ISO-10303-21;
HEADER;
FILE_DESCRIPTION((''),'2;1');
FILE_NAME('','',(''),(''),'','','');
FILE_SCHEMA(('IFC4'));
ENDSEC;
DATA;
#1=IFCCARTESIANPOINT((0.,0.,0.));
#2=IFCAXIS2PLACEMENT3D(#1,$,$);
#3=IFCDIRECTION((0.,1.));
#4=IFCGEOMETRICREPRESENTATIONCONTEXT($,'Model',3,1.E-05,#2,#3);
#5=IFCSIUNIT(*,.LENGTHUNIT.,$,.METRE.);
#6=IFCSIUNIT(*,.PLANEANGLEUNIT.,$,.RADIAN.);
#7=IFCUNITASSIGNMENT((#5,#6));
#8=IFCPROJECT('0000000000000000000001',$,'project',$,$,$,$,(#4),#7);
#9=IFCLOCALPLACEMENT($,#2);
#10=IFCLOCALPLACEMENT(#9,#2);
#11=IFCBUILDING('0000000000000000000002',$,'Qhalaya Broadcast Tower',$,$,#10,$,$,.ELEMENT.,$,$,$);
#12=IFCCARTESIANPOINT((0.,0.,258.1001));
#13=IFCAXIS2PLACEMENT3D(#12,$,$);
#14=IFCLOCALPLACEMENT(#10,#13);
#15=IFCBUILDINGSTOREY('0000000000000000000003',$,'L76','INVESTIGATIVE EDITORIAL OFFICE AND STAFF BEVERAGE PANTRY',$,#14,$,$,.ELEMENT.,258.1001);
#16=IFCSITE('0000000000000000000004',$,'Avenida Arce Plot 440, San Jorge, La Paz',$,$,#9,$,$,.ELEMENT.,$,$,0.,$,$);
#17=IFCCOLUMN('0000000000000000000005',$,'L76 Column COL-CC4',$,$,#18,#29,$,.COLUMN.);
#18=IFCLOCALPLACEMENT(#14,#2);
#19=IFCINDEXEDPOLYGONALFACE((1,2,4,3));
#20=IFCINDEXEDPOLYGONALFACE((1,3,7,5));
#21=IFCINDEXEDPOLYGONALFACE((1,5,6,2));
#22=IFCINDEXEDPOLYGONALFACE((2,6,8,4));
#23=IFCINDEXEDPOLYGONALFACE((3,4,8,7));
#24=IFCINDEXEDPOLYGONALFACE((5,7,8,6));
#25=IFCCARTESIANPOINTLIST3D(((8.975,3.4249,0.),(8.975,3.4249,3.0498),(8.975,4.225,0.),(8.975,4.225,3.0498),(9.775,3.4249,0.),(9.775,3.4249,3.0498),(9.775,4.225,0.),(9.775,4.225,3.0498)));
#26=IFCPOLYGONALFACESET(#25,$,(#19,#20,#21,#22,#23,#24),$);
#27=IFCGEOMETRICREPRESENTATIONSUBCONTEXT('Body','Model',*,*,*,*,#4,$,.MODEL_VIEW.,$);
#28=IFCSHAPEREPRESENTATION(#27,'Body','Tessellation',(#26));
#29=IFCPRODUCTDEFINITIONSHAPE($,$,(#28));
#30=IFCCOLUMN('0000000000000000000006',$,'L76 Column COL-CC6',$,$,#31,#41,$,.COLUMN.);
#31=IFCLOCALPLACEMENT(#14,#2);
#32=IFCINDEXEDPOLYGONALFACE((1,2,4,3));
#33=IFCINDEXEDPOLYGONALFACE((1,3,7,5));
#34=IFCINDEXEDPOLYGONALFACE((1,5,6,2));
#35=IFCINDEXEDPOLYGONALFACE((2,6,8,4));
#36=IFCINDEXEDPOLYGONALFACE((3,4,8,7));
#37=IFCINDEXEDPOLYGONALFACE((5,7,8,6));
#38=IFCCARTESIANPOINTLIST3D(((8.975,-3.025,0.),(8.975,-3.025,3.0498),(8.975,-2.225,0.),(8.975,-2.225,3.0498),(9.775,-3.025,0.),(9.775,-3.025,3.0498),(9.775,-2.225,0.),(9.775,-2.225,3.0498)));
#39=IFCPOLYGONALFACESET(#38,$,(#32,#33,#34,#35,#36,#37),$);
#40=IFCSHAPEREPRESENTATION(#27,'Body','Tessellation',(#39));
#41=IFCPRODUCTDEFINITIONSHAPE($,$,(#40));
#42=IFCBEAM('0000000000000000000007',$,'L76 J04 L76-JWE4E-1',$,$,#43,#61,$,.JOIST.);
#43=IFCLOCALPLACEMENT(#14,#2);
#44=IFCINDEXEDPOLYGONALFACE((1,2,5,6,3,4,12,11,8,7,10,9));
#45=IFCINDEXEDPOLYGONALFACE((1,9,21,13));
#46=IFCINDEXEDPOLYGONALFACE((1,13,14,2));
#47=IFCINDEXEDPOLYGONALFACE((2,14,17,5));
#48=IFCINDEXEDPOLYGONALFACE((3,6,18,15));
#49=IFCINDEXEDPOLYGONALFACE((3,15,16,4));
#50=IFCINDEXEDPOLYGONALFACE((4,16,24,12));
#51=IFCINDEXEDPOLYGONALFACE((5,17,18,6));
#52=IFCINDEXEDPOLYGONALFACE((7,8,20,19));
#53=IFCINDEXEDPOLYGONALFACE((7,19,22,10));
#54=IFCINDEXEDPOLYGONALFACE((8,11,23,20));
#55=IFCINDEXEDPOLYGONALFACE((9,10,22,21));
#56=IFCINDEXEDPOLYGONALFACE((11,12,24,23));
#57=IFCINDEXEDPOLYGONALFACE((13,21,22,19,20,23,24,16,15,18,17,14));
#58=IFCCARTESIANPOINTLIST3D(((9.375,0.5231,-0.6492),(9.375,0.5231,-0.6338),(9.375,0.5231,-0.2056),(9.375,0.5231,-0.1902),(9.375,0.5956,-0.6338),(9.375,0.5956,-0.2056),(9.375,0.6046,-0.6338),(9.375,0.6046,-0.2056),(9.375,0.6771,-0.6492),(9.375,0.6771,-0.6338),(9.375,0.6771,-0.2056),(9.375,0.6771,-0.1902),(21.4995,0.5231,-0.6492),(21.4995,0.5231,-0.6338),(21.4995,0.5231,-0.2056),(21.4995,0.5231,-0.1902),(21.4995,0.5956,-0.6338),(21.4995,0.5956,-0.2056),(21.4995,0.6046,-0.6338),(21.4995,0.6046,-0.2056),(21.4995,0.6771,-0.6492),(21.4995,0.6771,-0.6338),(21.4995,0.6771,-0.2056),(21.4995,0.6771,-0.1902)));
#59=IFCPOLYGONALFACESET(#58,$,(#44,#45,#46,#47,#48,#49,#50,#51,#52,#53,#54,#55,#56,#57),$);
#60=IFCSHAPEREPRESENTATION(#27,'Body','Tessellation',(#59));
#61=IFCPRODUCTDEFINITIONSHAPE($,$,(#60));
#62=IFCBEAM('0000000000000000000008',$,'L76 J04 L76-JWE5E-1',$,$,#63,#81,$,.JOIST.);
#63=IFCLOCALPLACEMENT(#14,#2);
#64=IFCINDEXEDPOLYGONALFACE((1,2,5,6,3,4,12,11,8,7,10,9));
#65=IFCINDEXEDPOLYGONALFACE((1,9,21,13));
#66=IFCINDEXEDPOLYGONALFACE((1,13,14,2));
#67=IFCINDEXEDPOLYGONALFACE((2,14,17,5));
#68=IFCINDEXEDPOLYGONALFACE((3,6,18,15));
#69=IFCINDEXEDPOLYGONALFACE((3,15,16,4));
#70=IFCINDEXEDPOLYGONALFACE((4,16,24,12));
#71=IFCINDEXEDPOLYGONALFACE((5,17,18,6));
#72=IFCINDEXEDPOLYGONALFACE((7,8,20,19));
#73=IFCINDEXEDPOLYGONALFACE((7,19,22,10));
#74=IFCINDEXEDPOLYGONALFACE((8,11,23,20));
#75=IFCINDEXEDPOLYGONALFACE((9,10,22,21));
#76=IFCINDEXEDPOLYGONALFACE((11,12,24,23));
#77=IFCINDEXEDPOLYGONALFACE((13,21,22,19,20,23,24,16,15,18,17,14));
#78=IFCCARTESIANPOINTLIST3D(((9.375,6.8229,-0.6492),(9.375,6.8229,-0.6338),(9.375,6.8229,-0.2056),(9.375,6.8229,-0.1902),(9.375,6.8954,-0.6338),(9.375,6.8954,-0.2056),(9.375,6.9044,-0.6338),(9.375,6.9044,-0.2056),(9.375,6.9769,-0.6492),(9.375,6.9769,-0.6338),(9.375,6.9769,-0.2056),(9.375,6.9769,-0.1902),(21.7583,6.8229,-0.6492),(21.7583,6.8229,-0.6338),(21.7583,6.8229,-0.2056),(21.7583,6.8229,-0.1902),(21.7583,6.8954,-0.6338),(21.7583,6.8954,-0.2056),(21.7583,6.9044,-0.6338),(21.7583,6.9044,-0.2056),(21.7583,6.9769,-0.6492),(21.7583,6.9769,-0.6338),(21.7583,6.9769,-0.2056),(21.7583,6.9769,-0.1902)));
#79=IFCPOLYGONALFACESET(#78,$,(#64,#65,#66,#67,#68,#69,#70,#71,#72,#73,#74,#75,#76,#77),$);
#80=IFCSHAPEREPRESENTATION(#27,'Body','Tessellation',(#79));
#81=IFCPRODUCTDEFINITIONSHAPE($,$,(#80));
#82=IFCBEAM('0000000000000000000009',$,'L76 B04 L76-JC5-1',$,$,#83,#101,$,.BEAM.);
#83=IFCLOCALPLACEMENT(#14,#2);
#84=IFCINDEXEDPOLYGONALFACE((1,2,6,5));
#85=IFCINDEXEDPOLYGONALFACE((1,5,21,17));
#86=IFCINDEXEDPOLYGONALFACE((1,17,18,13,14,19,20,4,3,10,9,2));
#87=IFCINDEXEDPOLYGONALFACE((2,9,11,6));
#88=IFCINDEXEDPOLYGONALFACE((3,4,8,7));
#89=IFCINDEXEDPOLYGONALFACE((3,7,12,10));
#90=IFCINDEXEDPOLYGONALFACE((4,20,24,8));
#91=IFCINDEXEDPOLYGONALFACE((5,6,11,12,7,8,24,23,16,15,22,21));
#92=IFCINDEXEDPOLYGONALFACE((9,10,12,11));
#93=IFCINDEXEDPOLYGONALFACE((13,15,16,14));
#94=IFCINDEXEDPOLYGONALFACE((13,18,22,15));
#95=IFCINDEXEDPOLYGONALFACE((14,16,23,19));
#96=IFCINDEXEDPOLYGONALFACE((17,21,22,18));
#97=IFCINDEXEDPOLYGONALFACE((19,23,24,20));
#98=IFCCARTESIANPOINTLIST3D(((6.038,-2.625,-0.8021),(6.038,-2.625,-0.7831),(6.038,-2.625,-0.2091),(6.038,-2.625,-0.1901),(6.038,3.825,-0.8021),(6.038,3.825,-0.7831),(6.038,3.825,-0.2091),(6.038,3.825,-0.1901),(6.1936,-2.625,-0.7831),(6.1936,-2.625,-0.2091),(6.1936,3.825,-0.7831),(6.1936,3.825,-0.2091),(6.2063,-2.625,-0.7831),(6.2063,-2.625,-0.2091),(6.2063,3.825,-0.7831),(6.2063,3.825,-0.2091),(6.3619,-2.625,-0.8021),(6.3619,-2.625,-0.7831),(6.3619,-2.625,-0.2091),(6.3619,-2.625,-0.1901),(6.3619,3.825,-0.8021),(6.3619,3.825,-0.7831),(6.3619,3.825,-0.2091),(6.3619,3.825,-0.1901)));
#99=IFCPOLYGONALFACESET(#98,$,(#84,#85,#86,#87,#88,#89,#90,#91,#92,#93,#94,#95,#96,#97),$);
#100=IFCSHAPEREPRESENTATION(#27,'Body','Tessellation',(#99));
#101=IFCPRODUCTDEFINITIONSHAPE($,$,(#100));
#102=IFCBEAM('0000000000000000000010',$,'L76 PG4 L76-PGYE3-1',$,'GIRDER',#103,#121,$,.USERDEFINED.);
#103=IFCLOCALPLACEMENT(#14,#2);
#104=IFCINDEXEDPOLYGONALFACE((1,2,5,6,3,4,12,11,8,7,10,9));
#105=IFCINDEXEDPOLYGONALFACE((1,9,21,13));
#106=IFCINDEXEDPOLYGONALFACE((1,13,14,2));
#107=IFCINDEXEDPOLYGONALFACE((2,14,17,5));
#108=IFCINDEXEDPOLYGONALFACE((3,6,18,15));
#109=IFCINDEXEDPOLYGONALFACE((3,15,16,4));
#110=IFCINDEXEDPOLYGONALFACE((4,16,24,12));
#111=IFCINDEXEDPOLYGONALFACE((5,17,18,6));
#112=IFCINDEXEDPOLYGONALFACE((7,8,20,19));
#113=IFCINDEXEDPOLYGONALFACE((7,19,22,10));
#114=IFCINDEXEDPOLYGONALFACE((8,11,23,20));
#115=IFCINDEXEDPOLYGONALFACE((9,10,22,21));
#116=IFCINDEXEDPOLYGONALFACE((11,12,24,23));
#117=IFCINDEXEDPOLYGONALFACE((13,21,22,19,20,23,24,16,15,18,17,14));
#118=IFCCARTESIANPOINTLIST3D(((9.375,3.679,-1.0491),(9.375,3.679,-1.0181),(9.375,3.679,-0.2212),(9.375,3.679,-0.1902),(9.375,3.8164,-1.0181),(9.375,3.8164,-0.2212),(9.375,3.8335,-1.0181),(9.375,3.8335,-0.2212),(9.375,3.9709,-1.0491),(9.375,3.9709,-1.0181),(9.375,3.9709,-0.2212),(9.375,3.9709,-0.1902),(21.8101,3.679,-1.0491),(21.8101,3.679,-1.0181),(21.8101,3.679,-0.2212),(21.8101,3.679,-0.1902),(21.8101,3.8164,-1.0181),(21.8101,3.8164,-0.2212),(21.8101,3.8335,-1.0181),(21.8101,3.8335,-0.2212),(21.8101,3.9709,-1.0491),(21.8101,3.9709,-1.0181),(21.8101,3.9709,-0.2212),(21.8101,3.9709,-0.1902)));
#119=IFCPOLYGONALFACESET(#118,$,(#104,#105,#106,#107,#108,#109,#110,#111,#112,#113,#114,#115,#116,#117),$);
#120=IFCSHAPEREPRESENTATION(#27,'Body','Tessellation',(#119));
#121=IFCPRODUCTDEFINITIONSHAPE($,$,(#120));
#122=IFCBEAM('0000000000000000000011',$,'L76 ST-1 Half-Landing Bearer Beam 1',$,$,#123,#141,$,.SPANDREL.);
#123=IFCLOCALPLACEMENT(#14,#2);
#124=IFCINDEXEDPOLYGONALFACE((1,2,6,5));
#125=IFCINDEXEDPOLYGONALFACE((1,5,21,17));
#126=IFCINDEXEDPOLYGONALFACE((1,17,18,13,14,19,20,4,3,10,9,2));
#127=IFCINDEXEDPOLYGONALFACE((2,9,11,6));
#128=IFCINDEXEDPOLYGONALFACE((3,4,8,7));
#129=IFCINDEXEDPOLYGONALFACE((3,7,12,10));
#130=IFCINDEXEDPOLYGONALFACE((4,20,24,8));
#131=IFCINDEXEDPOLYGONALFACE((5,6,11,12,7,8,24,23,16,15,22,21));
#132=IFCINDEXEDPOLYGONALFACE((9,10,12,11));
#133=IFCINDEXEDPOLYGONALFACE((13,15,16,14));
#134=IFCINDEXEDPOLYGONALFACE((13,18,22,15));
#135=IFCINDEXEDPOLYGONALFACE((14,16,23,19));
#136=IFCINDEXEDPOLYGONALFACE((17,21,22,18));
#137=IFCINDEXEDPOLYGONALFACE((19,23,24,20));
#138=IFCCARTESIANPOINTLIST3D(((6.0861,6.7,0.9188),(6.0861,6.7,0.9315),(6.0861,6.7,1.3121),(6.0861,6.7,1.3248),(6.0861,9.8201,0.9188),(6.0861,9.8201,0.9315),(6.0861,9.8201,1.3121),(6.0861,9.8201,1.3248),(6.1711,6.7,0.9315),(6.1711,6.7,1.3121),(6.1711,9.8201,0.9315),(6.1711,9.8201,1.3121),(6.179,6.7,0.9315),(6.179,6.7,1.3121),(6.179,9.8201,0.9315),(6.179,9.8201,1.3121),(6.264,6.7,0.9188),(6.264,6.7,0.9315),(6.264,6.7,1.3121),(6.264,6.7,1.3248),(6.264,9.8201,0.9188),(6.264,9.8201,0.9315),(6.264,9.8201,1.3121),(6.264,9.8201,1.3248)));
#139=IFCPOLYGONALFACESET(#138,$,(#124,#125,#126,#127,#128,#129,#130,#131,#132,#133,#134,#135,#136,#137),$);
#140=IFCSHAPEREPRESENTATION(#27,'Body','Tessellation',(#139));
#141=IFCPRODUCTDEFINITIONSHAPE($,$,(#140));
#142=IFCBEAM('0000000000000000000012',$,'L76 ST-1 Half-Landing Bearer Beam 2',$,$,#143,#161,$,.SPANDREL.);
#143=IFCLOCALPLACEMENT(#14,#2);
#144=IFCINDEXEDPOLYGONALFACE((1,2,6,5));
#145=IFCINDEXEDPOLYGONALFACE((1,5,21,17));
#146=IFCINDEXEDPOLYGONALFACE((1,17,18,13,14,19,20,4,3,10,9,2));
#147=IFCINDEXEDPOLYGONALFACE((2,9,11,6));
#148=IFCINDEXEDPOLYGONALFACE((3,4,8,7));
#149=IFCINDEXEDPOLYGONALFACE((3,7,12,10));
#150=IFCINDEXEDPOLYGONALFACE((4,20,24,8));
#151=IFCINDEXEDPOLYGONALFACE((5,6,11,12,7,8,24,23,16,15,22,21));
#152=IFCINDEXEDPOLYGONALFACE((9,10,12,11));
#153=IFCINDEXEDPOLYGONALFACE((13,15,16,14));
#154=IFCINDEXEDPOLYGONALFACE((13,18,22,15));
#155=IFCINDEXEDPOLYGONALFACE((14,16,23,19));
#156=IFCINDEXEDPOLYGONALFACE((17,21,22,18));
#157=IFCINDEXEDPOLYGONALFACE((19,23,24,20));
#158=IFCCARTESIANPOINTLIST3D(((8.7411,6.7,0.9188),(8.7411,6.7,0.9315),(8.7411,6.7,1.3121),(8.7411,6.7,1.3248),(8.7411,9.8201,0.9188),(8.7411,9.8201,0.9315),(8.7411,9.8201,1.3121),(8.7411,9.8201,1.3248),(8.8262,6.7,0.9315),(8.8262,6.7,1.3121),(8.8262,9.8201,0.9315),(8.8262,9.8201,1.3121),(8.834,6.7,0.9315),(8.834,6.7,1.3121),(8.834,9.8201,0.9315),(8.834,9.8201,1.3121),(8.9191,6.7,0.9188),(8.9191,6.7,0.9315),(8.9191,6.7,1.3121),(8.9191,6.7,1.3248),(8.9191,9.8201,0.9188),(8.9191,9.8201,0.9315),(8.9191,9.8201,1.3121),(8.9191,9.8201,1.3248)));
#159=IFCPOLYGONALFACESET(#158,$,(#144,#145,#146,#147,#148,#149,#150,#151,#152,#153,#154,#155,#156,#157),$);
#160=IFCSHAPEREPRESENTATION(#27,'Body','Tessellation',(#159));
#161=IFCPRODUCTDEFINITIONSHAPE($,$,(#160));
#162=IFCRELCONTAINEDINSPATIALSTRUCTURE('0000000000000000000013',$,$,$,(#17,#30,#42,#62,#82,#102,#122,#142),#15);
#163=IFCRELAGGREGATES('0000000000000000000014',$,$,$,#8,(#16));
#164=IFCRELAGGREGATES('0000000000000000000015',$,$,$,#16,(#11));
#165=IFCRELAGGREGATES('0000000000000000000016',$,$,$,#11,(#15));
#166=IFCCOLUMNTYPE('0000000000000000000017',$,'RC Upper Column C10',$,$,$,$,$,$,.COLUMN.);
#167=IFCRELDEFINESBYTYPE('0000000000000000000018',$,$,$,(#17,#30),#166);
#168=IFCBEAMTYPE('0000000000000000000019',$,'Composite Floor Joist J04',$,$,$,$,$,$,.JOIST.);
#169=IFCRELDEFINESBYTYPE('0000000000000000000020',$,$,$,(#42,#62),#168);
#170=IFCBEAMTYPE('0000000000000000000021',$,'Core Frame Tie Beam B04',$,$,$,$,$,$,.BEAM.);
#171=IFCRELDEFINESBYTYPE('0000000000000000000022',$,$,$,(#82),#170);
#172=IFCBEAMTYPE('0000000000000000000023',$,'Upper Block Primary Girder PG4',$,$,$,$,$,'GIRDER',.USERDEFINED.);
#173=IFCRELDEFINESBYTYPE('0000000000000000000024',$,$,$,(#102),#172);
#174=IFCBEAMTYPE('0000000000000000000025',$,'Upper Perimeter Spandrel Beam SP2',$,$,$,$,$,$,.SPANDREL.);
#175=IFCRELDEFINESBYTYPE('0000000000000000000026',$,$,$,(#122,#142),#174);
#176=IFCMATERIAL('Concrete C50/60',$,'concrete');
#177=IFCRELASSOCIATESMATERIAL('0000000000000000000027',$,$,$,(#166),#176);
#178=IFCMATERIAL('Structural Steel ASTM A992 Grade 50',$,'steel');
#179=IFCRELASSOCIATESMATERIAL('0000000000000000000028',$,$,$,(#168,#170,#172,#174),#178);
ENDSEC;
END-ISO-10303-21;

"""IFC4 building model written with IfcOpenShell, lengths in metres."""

from ifc_helpers import new_model, si_unit, direction, frame, origin, origin_2d, place, context, subcontext, project, spatial, rectangle, i_section, extrude, material, material_profile, profile_set, type_object, element, save


model = new_model("IFC4")

# Units and contexts
model_context = context("Model", 3, precision=1e-05, world=origin(), true_north=direction((0.0, 1.0)))
body_context = subcontext(model_context, "Body", "Model", "MODEL_VIEW")
ifc_project = project(units=[si_unit("LENGTHUNIT", "METRE"), si_unit("PLANEANGLEUNIT", "RADIAN")], contexts=[model_context])

# Site, building, storey
site_placement = place(None, origin())
site = spatial("IfcSite", under=ifc_project, at=site_placement, Name="Avenida Arce Plot 440, San Jorge, La Paz", CompositionType="ELEMENT", RefElevation=0.0)
building_placement = place(site_placement, origin())
building = spatial("IfcBuilding", under=site, at=building_placement, Name="Qhalaya Broadcast Tower", CompositionType="ELEMENT")
storey_placement = place(building_placement, frame((0.0, 0.0, 258.1001)))
storey = spatial("IfcBuildingStorey", under=building, at=storey_placement, Name="L76", Description="INVESTIGATIVE EDITORIAL OFFICE AND STAFF BEVERAGE PANTRY", CompositionType="ELEMENT", Elevation=258.1001)

# Columns
ifc_material_1 = material(Name="Concrete C50/60", Category="concrete")
ifc_material_profile_1 = material_profile(ifc_material_1, rectangle(XDim=0.8, YDim=0.8, at=origin_2d()), Name="RC-COL 800x800")
ifc_profile_set_1 = profile_set([ifc_material_profile_1], Name="Concrete C50/60")
column_type = type_object("IfcColumnType", Name="RC Upper Column C10", PredefinedType="COLUMN", material=ifc_profile_set_1)
for number, where, z_axis, x_axis, name in (
    (1, (9.375, 3.825, 0.0), (0.0, 0.0, 1.0), (1.0, 0.0, 0.0), "L76 Column COL-CC4"),
    (2, (9.375, -2.625, 0.0), (0.0, 0.0, 1.0), (1.0, 0.0, 0.0), "L76 Column COL-CC6"),
):
    element("IfcColumn", number, at=place(storey_placement, frame(where, z_axis=z_axis, x_axis=x_axis)), inside=storey, type_object=column_type, Name=name, PredefinedType="COLUMN", context=body_context, shape_type="SweptSolid", body=[
        extrude(rectangle(XDim=0.8, YDim=0.8, at=origin_2d()), origin(), (0.0, 0.0, 1.0), 3.0498),
    ])

# Beams
ifc_material_2 = material(Name="Structural Steel ASTM A992 Grade 50", Category="steel")
ifc_material_profile_2 = material_profile(ifc_material_2, i_section(OverallWidth=0.1541, OverallDepth=0.459, WebThickness=0.009, FlangeThickness=0.0154, at=origin_2d()), Name="W18X46")
ifc_profile_set_2 = profile_set([ifc_material_profile_2], Name="Structural Steel ASTM A992 Grade 50")
beam_type_1 = type_object("IfcBeamType", Name="Composite Floor Joist J04", PredefinedType="JOIST", material=ifc_profile_set_2)
beam_1_placement = place(storey_placement, frame((9.375, 0.6001, -0.4197), z_axis=(1.0, 0.0, 0.0), x_axis=(0.0, 1.0, 0.0)))
element("IfcBeam", 3, at=beam_1_placement, inside=storey, type_object=beam_type_1, Name="L76 J04 L76-JWE4E-1", PredefinedType="JOIST", context=body_context, shape_type="SweptSolid", body=[
    extrude(i_section(OverallWidth=0.1541, OverallDepth=0.459, WebThickness=0.009, FlangeThickness=0.0154, at=origin_2d()), origin(), (0.0, 0.0, 1.0), 12.1245),
])
beam_2_placement = place(storey_placement, frame((9.375, 6.8999, -0.4197), z_axis=(1.0, 0.0, 0.0), x_axis=(0.0, 1.0, 0.0)))
element("IfcBeam", 4, at=beam_2_placement, inside=storey, type_object=beam_type_1, Name="L76 J04 L76-JWE5E-1", PredefinedType="JOIST", context=body_context, shape_type="SweptSolid", body=[
    extrude(i_section(OverallWidth=0.1541, OverallDepth=0.459, WebThickness=0.009, FlangeThickness=0.0154, at=origin_2d()), origin(), (0.0, 0.0, 1.0), 12.3833),
])
ifc_material_profile_3 = material_profile(ifc_material_2, i_section(OverallWidth=0.324, OverallDepth=0.6121, WebThickness=0.0127, FlangeThickness=0.019, at=origin_2d()), Name="W24X104")
ifc_profile_set_3 = profile_set([ifc_material_profile_3], Name="Structural Steel ASTM A992 Grade 50")
beam_type_2 = type_object("IfcBeamType", Name="Core Frame Tie Beam B04", PredefinedType="BEAM", material=ifc_profile_set_3)
beam_3_placement = place(storey_placement, frame((6.2, -2.625, -0.4961), z_axis=(0.0, 1.0, 0.0), x_axis=(-1.0, 0.0, 0.0)))
element("IfcBeam", 5, at=beam_3_placement, inside=storey, type_object=beam_type_2, Name="L76 B04 L76-JC5-1", PredefinedType="BEAM", context=body_context, shape_type="SweptSolid", body=[
    extrude(i_section(OverallWidth=0.324, OverallDepth=0.6121, WebThickness=0.0127, FlangeThickness=0.019, at=origin_2d()), origin(), (0.0, 0.0, 1.0), 6.45),
])
ifc_material_profile_4 = material_profile(ifc_material_2, i_section(OverallWidth=0.292, OverallDepth=0.8589, WebThickness=0.0171, FlangeThickness=0.031, at=origin_2d()), Name="W33X169")
ifc_profile_set_4 = profile_set([ifc_material_profile_4], Name="Structural Steel ASTM A992 Grade 50")
beam_type_3 = type_object("IfcBeamType", Name="Upper Block Primary Girder PG4", ElementType="GIRDER", PredefinedType="USERDEFINED", material=ifc_profile_set_4)
beam_4_placement = place(storey_placement, frame((9.375, 3.825, -0.6196), z_axis=(1.0, 0.0, 0.0), x_axis=(0.0, 1.0, 0.0)))
element("IfcBeam", 6, at=beam_4_placement, inside=storey, type_object=beam_type_3, Name="L76 PG4 L76-PGYE3-1", ObjectType="GIRDER", PredefinedType="USERDEFINED", context=body_context, shape_type="SweptSolid", body=[
    extrude(i_section(OverallWidth=0.292, OverallDepth=0.8589, WebThickness=0.0171, FlangeThickness=0.031, at=origin_2d()), origin(), (0.0, 0.0, 1.0), 12.4351),
])
ifc_material_profile_5 = material_profile(ifc_material_2, i_section(OverallWidth=0.178, OverallDepth=0.406, WebThickness=0.0078, FlangeThickness=0.0127, at=origin_2d()), Name="W16X40")
ifc_profile_set_5 = profile_set([ifc_material_profile_5], Name="Structural Steel ASTM A992 Grade 50")
beam_type_4 = type_object("IfcBeamType", Name="Upper Perimeter Spandrel Beam SP2", PredefinedType="SPANDREL", material=ifc_profile_set_5)
for number, where, z_axis, x_axis, name in (
    (7, (6.175, 6.7, 1.1218), (0.0, 1.0, 0.0), (-1.0, 0.0, 0.0), "L76 ST-1 Half-Landing Bearer Beam 1"),
    (8, (8.8301, 6.7, 1.1218), (0.0, 1.0, 0.0), (-1.0, 0.0, 0.0), "L76 ST-1 Half-Landing Bearer Beam 2"),
):
    element("IfcBeam", number, at=place(storey_placement, frame(where, z_axis=z_axis, x_axis=x_axis)), inside=storey, type_object=beam_type_4, Name=name, PredefinedType="SPANDREL", context=body_context, shape_type="SweptSolid", body=[
        extrude(i_section(OverallWidth=0.178, OverallDepth=0.406, WebThickness=0.0078, FlangeThickness=0.0127, at=origin_2d()), origin(), (0.0, 0.0, 1.0), 3.1201),
    ])

save(model, "model.ifc")
